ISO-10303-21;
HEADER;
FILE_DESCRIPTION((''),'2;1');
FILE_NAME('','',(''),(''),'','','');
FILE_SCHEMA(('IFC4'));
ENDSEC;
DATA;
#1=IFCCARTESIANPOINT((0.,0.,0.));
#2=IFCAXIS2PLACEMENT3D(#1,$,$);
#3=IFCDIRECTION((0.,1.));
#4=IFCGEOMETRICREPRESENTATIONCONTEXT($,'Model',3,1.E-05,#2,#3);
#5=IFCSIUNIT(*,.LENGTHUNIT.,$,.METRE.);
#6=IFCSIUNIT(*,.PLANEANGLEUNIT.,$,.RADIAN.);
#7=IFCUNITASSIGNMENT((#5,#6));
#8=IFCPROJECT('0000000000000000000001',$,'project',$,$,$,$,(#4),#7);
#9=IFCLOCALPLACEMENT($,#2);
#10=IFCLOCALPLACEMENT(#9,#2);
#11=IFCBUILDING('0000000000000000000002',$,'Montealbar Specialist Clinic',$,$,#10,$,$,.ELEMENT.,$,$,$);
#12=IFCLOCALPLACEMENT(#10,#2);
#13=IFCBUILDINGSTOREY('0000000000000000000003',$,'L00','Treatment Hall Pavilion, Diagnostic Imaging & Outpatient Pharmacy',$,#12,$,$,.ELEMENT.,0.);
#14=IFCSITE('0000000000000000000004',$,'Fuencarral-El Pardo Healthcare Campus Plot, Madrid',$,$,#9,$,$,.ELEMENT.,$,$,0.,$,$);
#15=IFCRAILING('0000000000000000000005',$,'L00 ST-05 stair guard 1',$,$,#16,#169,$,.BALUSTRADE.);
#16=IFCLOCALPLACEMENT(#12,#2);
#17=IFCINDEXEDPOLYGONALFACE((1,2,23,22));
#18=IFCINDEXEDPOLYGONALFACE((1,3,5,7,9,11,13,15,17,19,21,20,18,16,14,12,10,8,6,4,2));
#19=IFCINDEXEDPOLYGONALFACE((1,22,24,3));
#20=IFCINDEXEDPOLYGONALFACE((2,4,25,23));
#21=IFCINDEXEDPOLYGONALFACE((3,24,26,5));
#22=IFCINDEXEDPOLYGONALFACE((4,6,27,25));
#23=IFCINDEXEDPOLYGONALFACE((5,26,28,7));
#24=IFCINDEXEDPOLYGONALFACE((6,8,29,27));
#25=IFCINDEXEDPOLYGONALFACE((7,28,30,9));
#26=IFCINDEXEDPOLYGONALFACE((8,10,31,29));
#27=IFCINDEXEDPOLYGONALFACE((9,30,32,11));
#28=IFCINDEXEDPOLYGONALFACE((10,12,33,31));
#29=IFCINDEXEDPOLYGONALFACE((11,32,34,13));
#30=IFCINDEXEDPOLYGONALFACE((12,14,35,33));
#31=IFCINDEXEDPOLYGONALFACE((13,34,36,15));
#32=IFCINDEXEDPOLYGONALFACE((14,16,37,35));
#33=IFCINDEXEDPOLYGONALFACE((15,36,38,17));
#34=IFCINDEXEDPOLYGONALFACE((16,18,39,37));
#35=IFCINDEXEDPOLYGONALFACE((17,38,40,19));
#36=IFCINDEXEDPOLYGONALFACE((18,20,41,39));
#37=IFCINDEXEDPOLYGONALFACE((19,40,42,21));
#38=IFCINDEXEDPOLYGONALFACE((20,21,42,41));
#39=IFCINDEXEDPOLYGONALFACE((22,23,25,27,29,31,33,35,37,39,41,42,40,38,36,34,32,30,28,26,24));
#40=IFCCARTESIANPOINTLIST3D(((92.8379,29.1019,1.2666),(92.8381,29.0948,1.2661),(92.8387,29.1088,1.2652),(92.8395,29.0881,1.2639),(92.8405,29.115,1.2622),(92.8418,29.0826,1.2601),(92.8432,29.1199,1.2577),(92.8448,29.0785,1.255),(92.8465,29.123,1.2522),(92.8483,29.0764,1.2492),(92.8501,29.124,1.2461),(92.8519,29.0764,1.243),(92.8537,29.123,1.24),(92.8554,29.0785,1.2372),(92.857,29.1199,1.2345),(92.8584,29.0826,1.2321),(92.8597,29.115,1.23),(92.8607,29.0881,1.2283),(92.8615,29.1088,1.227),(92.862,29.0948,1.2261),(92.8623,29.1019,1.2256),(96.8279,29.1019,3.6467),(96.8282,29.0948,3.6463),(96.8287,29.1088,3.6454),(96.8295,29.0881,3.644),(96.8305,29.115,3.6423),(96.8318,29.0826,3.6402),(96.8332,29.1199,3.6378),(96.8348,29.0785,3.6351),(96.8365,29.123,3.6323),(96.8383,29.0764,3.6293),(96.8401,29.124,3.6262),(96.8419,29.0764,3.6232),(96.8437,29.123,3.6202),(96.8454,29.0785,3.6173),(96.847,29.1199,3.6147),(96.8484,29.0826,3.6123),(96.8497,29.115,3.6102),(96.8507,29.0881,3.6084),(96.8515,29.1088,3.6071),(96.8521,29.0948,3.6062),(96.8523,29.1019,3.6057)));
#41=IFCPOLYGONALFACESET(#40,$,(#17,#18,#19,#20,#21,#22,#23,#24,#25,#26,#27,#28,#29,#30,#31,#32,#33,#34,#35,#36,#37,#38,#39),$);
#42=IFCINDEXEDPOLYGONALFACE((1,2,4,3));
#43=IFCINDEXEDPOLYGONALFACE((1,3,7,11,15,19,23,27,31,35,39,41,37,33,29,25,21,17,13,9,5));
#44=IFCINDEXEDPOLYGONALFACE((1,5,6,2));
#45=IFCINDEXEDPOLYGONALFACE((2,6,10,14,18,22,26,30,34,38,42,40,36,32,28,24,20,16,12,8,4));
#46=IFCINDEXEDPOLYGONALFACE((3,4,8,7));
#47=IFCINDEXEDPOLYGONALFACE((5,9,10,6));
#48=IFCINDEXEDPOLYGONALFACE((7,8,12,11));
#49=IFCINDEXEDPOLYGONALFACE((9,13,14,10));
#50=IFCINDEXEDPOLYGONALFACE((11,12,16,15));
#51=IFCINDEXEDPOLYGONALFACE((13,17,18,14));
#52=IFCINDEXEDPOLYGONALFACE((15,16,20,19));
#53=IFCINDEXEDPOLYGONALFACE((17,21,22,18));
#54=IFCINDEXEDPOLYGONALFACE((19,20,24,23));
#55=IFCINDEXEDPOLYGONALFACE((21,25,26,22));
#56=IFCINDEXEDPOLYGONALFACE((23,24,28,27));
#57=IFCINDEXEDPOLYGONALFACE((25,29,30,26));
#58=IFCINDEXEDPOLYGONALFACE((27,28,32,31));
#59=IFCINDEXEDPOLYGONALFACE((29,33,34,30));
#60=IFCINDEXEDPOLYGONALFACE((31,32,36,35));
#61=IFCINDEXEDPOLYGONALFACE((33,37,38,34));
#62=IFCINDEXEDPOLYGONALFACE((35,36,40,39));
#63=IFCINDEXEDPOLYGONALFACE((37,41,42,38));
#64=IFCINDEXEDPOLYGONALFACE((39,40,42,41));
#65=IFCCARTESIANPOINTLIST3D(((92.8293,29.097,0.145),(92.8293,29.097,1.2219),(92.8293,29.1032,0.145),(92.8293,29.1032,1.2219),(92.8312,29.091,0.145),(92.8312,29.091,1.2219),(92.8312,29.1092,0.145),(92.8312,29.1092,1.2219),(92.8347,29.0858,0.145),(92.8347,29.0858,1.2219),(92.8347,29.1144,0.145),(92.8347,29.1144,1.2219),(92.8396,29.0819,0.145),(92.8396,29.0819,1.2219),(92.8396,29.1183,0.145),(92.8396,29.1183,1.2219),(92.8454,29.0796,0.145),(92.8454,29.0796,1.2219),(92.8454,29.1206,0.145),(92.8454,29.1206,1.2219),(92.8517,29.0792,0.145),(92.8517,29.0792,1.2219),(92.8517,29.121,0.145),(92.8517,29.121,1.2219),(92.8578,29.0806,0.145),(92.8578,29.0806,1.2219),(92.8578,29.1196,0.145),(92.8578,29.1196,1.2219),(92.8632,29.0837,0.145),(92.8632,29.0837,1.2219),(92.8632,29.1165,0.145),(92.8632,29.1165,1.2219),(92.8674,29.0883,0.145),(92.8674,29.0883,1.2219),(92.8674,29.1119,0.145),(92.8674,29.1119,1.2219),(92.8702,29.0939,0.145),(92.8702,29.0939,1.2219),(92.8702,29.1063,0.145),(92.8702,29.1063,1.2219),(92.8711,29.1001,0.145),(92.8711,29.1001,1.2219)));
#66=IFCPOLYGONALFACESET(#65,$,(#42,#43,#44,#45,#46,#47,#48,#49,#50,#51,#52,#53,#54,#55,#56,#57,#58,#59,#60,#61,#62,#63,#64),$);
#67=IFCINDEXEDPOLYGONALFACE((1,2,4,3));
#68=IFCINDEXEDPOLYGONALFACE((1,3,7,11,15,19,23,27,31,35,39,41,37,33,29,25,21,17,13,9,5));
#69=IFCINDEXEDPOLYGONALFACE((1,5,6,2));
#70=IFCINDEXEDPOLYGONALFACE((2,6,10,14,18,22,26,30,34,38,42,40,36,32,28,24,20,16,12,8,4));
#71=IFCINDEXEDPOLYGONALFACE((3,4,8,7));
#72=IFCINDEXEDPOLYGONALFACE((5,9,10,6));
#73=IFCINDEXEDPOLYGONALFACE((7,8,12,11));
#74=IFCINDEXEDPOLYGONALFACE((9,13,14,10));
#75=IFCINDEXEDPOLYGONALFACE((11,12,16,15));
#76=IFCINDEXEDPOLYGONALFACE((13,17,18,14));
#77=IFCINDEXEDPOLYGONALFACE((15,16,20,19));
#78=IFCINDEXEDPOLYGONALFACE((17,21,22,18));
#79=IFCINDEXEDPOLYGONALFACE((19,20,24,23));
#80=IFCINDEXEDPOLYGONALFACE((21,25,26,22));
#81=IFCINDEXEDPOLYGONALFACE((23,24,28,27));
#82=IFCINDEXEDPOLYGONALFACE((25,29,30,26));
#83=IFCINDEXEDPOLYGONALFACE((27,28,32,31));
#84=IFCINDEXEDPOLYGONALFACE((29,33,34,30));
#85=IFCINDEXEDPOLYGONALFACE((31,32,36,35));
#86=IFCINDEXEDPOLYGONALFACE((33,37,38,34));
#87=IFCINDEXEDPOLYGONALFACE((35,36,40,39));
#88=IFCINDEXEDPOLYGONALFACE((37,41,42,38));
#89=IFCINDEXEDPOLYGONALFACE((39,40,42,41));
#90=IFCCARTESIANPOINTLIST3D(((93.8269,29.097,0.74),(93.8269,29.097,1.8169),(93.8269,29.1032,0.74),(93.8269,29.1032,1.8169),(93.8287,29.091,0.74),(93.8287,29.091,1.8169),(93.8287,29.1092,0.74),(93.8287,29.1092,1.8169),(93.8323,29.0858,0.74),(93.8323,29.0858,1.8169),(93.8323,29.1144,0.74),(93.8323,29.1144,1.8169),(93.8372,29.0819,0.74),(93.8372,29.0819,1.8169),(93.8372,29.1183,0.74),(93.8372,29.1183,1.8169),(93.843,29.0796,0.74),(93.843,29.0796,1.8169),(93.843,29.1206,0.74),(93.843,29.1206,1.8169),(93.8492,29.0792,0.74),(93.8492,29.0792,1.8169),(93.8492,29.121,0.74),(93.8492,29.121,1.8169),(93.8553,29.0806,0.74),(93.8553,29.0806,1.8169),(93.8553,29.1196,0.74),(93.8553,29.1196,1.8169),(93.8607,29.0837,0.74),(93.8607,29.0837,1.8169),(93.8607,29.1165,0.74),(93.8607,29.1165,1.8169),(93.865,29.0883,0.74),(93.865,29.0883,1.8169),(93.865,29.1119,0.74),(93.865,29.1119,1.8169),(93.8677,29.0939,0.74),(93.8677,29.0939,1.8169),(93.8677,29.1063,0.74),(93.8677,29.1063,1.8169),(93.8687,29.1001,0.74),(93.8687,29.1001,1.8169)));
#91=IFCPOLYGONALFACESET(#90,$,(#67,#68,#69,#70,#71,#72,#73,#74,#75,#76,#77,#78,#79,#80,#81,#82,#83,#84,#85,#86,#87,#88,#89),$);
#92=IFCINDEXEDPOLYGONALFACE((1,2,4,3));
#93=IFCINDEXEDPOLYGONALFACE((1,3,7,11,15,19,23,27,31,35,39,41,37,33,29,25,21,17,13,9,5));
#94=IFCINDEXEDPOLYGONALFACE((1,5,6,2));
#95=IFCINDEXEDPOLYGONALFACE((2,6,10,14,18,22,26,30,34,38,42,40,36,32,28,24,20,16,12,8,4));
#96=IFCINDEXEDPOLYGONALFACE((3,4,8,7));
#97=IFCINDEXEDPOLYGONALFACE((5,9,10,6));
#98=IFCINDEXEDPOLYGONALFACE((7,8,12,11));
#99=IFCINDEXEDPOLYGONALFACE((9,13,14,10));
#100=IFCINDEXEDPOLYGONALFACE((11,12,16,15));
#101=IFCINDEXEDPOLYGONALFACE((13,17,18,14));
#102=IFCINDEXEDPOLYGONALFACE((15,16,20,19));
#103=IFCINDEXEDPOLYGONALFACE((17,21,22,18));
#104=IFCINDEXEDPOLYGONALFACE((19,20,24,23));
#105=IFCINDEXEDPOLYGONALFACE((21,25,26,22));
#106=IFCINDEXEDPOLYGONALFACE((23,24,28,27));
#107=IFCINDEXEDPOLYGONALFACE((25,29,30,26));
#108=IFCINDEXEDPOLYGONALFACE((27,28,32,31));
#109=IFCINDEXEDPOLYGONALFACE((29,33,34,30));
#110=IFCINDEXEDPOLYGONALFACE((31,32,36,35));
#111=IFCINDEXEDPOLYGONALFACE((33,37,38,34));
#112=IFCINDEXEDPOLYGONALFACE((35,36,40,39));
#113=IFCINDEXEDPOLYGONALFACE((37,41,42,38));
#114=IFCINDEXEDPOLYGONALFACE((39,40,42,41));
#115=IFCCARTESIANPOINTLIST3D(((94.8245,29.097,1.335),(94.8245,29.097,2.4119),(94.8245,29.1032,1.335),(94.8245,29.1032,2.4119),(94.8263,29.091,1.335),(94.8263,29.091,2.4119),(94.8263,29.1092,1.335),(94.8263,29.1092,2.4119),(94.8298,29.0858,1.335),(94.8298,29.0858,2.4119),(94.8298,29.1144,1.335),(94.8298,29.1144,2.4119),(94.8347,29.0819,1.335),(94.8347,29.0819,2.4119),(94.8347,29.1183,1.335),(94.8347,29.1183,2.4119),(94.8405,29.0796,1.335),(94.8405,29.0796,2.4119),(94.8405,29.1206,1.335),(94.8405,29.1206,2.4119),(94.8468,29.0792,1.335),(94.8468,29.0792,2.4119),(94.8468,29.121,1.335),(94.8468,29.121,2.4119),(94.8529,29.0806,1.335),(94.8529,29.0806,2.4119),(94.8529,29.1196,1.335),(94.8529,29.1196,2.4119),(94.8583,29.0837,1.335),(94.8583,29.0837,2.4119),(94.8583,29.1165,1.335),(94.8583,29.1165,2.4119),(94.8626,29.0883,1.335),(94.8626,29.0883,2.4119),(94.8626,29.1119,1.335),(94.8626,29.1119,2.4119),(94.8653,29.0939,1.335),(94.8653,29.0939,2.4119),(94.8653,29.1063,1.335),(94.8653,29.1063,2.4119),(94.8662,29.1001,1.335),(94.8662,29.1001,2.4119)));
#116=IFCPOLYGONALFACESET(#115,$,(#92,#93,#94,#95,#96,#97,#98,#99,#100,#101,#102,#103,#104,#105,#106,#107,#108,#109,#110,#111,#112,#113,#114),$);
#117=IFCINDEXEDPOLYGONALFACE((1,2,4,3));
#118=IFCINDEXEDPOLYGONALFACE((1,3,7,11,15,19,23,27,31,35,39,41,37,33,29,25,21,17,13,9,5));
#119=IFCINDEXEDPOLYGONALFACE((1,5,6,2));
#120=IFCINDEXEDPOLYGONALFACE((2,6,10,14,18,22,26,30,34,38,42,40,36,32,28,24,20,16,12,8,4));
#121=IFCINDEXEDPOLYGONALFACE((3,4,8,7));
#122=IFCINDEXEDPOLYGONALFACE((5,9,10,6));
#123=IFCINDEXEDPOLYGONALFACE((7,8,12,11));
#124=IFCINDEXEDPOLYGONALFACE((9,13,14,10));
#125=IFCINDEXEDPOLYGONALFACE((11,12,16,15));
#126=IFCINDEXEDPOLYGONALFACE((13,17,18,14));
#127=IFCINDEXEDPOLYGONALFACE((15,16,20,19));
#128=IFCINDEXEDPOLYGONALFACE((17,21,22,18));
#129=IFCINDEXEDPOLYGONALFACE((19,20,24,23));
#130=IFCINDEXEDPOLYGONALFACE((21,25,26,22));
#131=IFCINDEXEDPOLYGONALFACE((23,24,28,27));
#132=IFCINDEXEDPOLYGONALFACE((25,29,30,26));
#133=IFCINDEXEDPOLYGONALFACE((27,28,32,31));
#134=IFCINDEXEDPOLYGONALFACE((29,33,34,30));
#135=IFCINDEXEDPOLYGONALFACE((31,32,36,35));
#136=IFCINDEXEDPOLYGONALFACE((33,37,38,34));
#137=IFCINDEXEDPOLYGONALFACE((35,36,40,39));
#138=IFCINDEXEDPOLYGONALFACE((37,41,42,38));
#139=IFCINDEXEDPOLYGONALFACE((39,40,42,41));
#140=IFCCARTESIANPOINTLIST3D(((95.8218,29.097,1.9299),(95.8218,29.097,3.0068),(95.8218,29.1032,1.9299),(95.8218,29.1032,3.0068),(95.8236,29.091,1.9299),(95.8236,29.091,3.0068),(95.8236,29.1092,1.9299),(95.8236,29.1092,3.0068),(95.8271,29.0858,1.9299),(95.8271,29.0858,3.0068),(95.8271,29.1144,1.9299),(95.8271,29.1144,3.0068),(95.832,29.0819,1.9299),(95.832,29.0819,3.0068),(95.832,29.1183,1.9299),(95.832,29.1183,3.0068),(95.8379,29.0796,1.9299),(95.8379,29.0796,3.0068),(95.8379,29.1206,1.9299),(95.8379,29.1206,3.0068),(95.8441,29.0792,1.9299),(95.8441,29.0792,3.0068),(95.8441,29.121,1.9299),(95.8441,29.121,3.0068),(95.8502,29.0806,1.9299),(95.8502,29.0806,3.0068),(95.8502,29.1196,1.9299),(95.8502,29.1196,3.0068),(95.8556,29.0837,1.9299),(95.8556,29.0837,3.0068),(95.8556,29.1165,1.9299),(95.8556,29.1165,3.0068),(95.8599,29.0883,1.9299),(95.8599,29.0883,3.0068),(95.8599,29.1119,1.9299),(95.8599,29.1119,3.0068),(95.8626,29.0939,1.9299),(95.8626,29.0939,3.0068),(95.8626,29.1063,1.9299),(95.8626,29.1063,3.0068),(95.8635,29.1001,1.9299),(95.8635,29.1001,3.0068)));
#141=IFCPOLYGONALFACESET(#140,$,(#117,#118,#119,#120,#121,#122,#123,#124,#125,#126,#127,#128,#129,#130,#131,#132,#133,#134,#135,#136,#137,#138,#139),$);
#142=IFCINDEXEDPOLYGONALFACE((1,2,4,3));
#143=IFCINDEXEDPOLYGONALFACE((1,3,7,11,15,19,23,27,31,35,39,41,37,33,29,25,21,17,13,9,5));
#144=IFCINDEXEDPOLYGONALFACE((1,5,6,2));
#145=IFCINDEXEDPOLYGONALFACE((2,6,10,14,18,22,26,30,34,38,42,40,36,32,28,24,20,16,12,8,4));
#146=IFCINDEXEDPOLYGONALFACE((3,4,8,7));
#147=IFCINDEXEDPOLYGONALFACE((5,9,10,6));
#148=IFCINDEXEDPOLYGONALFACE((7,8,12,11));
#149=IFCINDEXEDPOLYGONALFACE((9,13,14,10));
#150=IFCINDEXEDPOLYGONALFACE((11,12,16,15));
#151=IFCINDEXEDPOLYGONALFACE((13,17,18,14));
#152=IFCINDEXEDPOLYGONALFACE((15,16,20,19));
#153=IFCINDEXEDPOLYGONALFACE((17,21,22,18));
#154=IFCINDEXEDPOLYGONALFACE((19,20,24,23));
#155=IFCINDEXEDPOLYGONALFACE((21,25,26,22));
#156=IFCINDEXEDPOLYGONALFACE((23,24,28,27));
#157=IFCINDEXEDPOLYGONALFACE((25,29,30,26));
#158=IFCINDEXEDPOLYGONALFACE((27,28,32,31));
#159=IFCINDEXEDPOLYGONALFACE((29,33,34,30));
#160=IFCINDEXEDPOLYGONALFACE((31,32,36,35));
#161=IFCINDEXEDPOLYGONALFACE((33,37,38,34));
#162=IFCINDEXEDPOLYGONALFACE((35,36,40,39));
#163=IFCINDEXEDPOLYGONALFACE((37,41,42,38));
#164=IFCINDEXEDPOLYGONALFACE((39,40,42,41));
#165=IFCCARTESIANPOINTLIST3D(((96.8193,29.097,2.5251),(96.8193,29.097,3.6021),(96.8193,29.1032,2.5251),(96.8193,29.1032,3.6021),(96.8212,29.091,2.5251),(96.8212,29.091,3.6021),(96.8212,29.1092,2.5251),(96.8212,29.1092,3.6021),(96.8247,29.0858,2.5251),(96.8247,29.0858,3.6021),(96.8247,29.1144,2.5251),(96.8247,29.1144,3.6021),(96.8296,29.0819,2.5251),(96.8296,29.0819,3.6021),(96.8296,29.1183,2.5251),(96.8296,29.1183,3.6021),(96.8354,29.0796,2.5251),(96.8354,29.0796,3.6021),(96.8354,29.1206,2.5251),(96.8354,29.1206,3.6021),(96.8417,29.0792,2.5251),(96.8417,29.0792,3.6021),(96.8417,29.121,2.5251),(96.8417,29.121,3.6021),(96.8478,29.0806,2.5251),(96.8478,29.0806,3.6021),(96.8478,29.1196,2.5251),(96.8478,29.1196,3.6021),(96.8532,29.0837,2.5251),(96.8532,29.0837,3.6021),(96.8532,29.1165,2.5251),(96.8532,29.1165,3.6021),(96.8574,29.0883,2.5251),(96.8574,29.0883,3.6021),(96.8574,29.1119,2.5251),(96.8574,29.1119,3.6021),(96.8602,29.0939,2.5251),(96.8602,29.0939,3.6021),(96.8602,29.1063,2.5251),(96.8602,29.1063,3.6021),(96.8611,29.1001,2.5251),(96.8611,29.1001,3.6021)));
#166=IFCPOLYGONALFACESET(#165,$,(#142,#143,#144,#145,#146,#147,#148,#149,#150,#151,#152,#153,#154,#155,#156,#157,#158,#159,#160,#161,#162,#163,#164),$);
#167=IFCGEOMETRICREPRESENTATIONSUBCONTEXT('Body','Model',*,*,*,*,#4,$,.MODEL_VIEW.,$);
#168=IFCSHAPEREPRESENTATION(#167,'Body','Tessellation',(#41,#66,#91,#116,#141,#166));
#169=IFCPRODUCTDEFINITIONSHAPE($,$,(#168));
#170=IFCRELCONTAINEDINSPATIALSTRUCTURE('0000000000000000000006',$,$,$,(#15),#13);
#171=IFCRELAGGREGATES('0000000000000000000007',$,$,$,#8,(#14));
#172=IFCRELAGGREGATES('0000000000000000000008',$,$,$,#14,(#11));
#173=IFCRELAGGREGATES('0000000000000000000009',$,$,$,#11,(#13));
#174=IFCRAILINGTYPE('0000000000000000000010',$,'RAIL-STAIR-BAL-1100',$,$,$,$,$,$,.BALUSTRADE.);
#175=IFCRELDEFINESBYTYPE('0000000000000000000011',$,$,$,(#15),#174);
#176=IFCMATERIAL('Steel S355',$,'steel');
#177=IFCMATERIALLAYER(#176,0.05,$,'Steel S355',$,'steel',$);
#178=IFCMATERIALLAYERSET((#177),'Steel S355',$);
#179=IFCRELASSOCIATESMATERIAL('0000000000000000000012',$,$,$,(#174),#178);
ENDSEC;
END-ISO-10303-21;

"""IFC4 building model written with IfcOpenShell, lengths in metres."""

from ifc_helpers import new_model, si_unit, direction, frame, origin, origin_2d, place, context, subcontext, project, spatial, circle, extrude, material, layer, layer_set, type_object, element, save


model = new_model("IFC4")

# Units and contexts
model_context = context("Model", 3, precision=1e-05, world=origin(), true_north=direction((0.0, 1.0)))
body_context = subcontext(model_context, "Body", "Model", "MODEL_VIEW")
ifc_project = project(units=[si_unit("LENGTHUNIT", "METRE"), si_unit("PLANEANGLEUNIT", "RADIAN")], contexts=[model_context])

# Site, building, storey
site_placement = place(None, origin())
site = spatial("IfcSite", under=ifc_project, at=site_placement, Name="Fuencarral-El Pardo Healthcare Campus Plot, Madrid", CompositionType="ELEMENT", RefElevation=0.0)
building_placement = place(site_placement, origin())
building = spatial("IfcBuilding", under=site, at=building_placement, Name="Montealbar Specialist Clinic", CompositionType="ELEMENT")
storey_placement = place(building_placement, origin())
storey = spatial("IfcBuildingStorey", under=building, at=storey_placement, Name="L00", Description="Treatment Hall Pavilion, Diagnostic Imaging & Outpatient Pharmacy", CompositionType="ELEMENT", Elevation=0.0)

# Shared definitions
ifc_material_1 = material(Name="Steel S355", Category="steel")

# Railing
ifc_layer_1 = layer(ifc_material_1, 0.05, Name="Steel S355", Category="steel")
ifc_layer_set_1 = layer_set([ifc_layer_1], Name="Steel S355")
railing_type_1 = type_object("IfcRailingType", Name="RAIL-STAIR-BAL-1100", PredefinedType="BALUSTRADE", material=ifc_layer_set_1)
railing_1_placement = place(storey_placement, frame((92.8501, 29.1001, 0.1699)))
element("IfcRailing", 1, at=railing_1_placement, inside=storey, type_object=railing_type_1, Name="L00 ST-05 stair guard 1", PredefinedType="BALUSTRADE", context=body_context, shape_type="SweptSolid", body=[
    extrude(circle(Radius=0.0239, at=origin_2d()), frame((0.0, 0.0, 1.0762), z_axis=(0.858807, 0.0, 0.512299), x_axis=(0.0, 1.0, 0.0)), (0.0, 0.0, 1.0), 4.646),
    extrude(circle(Radius=0.021, at=origin_2d()), frame((0.0, 0.0, -0.0249)), (0.0, 0.0, 1.0), 1.0769),
    extrude(circle(Radius=0.021, at=origin_2d()), frame((0.9976, 0.0, 0.5701)), (0.0, 0.0, 1.0), 1.0769),
    extrude(circle(Radius=0.021, at=origin_2d()), frame((1.9951, 0.0, 1.165)), (0.0, 0.0, 1.0), 1.0769),
    extrude(circle(Radius=0.021, at=origin_2d()), frame((2.9924, 0.0, 1.76)), (0.0, 0.0, 1.0), 1.0769),
    extrude(circle(Radius=0.021, at=origin_2d()), frame((3.99, 0.0, 2.3552)), (0.0, 0.0, 1.0), 1.0769),
])

save(model, "model.ifc")
